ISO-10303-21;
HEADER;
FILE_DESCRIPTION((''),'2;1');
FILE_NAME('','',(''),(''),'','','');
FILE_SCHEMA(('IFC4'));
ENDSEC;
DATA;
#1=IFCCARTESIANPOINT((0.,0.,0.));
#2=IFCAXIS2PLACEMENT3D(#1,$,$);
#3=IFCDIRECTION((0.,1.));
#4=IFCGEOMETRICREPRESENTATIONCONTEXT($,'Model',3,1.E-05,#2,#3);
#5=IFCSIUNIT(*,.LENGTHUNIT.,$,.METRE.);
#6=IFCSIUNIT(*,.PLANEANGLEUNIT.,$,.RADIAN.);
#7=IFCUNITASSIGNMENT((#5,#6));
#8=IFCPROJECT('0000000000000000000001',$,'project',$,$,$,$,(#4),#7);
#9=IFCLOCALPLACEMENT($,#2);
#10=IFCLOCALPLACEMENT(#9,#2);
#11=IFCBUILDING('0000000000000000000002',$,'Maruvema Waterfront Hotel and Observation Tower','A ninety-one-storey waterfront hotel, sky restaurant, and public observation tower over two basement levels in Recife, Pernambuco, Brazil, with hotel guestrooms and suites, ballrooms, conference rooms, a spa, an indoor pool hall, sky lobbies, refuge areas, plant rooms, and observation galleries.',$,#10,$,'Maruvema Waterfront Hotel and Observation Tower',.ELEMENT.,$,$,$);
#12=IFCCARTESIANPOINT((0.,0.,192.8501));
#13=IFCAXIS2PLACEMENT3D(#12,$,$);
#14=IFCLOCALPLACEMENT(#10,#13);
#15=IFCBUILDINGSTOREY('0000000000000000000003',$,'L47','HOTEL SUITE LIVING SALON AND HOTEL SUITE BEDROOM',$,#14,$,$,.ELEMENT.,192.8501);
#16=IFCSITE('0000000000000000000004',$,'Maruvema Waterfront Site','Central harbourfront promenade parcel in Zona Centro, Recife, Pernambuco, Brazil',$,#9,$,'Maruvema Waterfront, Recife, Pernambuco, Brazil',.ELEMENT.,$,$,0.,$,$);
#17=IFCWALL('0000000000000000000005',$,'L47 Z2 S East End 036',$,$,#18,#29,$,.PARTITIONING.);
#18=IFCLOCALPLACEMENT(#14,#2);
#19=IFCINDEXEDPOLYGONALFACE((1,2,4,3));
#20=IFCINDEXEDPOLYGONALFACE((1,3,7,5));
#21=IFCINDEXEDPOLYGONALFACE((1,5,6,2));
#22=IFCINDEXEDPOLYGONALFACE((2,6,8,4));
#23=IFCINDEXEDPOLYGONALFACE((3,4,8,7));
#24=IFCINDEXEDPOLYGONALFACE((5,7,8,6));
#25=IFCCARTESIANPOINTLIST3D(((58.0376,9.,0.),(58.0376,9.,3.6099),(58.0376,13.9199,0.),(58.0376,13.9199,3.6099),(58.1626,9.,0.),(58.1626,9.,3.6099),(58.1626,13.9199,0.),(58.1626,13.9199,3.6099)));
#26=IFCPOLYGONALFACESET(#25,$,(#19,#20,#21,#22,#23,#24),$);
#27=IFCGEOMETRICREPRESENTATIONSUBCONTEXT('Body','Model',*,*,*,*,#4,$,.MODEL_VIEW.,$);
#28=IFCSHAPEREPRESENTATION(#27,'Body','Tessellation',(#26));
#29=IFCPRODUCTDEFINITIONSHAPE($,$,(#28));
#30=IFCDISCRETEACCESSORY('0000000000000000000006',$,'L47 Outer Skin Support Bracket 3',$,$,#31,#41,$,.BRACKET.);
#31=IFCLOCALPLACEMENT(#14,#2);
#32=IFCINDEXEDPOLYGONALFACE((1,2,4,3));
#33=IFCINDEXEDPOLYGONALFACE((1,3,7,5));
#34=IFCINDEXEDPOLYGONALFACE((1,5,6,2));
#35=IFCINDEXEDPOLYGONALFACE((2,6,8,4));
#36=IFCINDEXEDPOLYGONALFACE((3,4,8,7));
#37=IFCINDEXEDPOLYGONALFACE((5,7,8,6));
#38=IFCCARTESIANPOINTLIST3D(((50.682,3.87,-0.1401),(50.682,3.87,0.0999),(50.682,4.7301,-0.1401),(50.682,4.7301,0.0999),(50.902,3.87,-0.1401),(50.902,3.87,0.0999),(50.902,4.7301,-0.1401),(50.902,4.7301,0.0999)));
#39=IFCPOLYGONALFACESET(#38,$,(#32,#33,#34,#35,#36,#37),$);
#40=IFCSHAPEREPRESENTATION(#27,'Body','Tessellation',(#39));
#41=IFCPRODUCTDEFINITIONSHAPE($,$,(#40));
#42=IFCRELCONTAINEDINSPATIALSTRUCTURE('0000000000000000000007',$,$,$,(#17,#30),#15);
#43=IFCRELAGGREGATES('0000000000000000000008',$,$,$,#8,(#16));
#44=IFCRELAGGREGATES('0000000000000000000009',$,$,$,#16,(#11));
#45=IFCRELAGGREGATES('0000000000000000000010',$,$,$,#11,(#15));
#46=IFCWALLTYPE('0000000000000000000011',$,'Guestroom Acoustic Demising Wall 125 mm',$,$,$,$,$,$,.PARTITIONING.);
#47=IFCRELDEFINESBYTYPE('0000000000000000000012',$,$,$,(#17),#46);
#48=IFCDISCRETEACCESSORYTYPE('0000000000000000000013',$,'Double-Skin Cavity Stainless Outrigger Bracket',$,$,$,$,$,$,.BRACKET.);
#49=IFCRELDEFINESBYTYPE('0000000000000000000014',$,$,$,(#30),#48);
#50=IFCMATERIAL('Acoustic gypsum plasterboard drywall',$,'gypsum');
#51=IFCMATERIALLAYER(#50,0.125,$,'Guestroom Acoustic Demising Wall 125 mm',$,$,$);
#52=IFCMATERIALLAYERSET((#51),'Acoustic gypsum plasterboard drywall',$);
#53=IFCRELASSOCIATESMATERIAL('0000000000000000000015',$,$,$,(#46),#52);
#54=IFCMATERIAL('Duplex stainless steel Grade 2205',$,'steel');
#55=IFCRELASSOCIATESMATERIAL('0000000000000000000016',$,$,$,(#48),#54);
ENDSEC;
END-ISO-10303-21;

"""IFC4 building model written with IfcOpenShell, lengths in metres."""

from ifc_helpers import new_model, si_unit, direction, frame, frame_2d, origin, origin_2d, place, context, subcontext, project, spatial, rectangle, extrude, material, layer, layer_set, type_object, element, save


model = new_model("IFC4")

# Units and contexts
model_context = context("Model", 3, precision=1e-05, world=origin(), true_north=direction((0.0, 1.0)))
body_context = subcontext(model_context, "Body", "Model", "MODEL_VIEW")
ifc_project = project(units=[si_unit("LENGTHUNIT", "METRE"), si_unit("PLANEANGLEUNIT", "RADIAN")], contexts=[model_context])

# Site, building, storey
site_placement = place(None, origin())
site = spatial("IfcSite", under=ifc_project, at=site_placement, Name="Maruvema Waterfront Site", Description="Central harbourfront promenade parcel in Zona Centro, Recife, Pernambuco, Brazil", LongName="Maruvema Waterfront, Recife, Pernambuco, Brazil", CompositionType="ELEMENT", RefElevation=0.0)
building_placement = place(site_placement, origin())
building = spatial("IfcBuilding", under=site, at=building_placement, Name="Maruvema Waterfront Hotel and Observation Tower", Description="A ninety-one-storey waterfront hotel, sky restaurant, and public observation tower over two basement levels in Recife, Pernambuco, Brazil, with hotel guestrooms and suites, ballrooms, conference rooms, a spa, an indoor pool hall, sky lobbies, refuge areas, plant rooms, and observation galleries.", LongName="Maruvema Waterfront Hotel and Observation Tower", CompositionType="ELEMENT")
storey_placement = place(building_placement, frame((0.0, 0.0, 192.8501)))
storey = spatial("IfcBuildingStorey", under=building, at=storey_placement, Name="L47", Description="HOTEL SUITE LIVING SALON AND HOTEL SUITE BEDROOM", CompositionType="ELEMENT", Elevation=192.8501)

# Wall
ifc_material_1 = material(Name="Acoustic gypsum plasterboard drywall", Category="gypsum")
ifc_layer_1 = layer(ifc_material_1, 0.125, Name="Guestroom Acoustic Demising Wall 125 mm")
ifc_layer_set_1 = layer_set([ifc_layer_1], Name="Acoustic gypsum plasterboard drywall")
wall_type_1 = type_object("IfcWallType", Name="Guestroom Acoustic Demising Wall 125 mm", PredefinedType="PARTITIONING", material=ifc_layer_set_1)
wall_1_placement = place(storey_placement, frame((58.1001, 9.0, 0.0), z_axis=(0.0, 0.0, 1.0), x_axis=(0.0, 1.0, 0.0)))
element("IfcWall", 1, at=wall_1_placement, inside=storey, type_object=wall_type_1, Name="L47 Z2 S East End 036", PredefinedType="PARTITIONING", context=body_context, shape_type="SweptSolid", body=[
    extrude(rectangle(XDim=4.9199, YDim=0.125, at=frame_2d((2.46, 0.0))), origin(), (0.0, 0.0, 1.0), 3.6099),
])

# Discrete accessory
ifc_material_2 = material(Name="Duplex stainless steel Grade 2205", Category="steel")
discrete_accessory_type = type_object("IfcDiscreteAccessoryType", Name="Double-Skin Cavity Stainless Outrigger Bracket", PredefinedType="BRACKET", material=ifc_material_2)
discrete_accessory_placement = place(storey_placement, frame((50.792, 4.3, -0.1401), z_axis=(0.0, 0.0, 1.0), x_axis=(1.0, 0.0, 0.0)))
element("IfcDiscreteAccessory", 2, at=discrete_accessory_placement, inside=storey, type_object=discrete_accessory_type, Name="L47 Outer Skin Support Bracket 3", PredefinedType="BRACKET", context=body_context, shape_type="SweptSolid", body=[
    extrude(rectangle(XDim=0.22, YDim=0.8601, at=origin_2d()), origin(), (0.0, 0.0, 1.0), 0.24),
])

save(model, "model.ifc")
